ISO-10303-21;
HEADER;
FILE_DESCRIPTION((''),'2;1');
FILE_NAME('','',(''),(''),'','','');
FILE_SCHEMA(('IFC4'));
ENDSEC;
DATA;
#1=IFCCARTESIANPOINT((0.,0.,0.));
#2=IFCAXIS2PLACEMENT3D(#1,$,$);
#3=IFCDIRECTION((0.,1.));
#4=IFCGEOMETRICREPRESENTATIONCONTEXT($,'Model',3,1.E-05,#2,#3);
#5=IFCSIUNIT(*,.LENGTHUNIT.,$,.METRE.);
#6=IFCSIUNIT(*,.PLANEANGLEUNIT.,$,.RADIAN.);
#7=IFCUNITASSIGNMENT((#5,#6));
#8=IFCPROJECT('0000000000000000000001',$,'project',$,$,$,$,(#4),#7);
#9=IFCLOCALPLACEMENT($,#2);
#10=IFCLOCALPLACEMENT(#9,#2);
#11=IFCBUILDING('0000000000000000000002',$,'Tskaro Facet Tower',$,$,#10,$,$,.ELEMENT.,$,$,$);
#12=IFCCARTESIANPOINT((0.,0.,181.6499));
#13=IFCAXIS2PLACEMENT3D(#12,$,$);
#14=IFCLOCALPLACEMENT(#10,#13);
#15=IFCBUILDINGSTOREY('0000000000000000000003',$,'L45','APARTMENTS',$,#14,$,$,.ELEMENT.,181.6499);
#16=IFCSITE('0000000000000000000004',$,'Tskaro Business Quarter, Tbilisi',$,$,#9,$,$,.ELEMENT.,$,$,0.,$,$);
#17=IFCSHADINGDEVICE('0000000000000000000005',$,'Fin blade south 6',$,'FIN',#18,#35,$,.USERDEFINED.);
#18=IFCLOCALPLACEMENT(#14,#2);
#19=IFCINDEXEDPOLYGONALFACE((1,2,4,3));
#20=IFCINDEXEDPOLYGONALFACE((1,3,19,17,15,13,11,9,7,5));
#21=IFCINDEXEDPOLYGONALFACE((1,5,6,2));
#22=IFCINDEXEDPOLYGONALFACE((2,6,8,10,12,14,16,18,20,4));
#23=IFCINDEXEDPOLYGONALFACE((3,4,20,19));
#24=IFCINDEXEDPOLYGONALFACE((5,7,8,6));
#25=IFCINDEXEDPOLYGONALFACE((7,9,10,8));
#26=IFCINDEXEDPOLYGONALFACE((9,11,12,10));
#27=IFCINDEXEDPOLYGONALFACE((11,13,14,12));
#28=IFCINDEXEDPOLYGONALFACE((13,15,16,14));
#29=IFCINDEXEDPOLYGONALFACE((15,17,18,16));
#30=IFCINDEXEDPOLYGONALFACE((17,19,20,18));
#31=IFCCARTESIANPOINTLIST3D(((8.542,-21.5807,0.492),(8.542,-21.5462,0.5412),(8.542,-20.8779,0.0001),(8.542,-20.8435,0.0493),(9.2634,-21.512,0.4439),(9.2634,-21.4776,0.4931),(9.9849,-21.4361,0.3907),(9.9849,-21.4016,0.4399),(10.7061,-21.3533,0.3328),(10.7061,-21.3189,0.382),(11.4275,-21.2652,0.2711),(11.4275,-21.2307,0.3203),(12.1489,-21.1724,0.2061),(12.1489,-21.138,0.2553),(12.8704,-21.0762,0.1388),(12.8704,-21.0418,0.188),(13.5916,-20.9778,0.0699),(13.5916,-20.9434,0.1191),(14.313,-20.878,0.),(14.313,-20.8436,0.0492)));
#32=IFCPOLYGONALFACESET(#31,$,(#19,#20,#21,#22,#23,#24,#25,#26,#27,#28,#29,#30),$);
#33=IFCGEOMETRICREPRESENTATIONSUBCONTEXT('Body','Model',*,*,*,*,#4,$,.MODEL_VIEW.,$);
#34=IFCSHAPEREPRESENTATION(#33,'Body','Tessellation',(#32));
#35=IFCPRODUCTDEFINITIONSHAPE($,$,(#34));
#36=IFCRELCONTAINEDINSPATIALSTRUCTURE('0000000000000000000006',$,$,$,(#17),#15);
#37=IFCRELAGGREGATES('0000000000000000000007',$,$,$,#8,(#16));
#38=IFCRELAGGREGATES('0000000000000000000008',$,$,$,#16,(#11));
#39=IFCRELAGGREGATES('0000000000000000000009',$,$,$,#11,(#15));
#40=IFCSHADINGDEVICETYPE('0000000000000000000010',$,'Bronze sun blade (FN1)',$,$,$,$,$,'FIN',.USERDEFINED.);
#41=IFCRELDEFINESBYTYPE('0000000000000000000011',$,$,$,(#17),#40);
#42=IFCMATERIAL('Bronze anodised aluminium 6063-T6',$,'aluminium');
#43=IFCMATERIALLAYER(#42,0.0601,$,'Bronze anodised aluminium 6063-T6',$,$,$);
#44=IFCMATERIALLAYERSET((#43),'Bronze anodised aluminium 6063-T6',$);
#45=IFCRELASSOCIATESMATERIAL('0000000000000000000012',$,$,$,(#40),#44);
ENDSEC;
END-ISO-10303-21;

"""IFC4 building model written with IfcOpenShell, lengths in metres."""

from ifc_helpers import new_model, si_unit, direction, frame, origin, place, context, subcontext, project, spatial, polyline, outline, extrude, material, layer, layer_set, type_object, element, save


model = new_model("IFC4")

# Units and contexts
model_context = context("Model", 3, precision=1e-05, world=origin(), true_north=direction((0.0, 1.0)))
body_context = subcontext(model_context, "Body", "Model", "MODEL_VIEW")
ifc_project = project(units=[si_unit("LENGTHUNIT", "METRE"), si_unit("PLANEANGLEUNIT", "RADIAN")], contexts=[model_context])

# Site, building, storey
site_placement = place(None, origin())
site = spatial("IfcSite", under=ifc_project, at=site_placement, Name="Tskaro Business Quarter, Tbilisi", CompositionType="ELEMENT", RefElevation=0.0)
building_placement = place(site_placement, origin())
building = spatial("IfcBuilding", under=site, at=building_placement, Name="Tskaro Facet Tower", CompositionType="ELEMENT")
storey_placement = place(building_placement, frame((0.0, 0.0, 181.6499)))
storey = spatial("IfcBuildingStorey", under=building, at=storey_placement, Name="L45", Description="APARTMENTS", CompositionType="ELEMENT", Elevation=181.6499)

# Shared definitions
ifc_material_1 = material(Name="Bronze anodised aluminium 6063-T6", Category="aluminium")

# Shading device
ifc_layer_1 = layer(ifc_material_1, 0.0601, Name="Bronze anodised aluminium 6063-T6")
ifc_layer_set_1 = layer_set([ifc_layer_1], Name="Bronze anodised aluminium 6063-T6")
shading_device_type = type_object("IfcShadingDeviceType", Name="Bronze sun blade (FN1)", ElementType="FIN", PredefinedType="USERDEFINED", material=ifc_layer_set_1)
shading_device_1_placement = place(storey_placement, frame((8.542, -20.8435, 0.0493), z_axis=(0.000022, 0.573422, 0.81926), x_axis=(1.0, -0.000012, -0.000018)))
element("IfcShadingDevice", 1, at=shading_device_1_placement, inside=storey, type_object=shading_device_type, Name="Fin blade south 6", ObjectType="FIN", PredefinedType="USERDEFINED", context=body_context, shape_type="SweptSolid", body=[
    extrude(outline(polyline([(0.0, 0.0), (5.771, 0.0), (5.0496, -0.1218), (4.3284, -0.2419), (3.6069, -0.3594), (2.8855, -0.4726), (2.1641, -0.5802), (1.4429, -0.6812), (0.7214, -0.774), (0.0, -0.8577), (0.0, 0.0)])), origin(), (0.0, 0.0, -1.0), 0.0601),
])

save(model, "model.ifc")
